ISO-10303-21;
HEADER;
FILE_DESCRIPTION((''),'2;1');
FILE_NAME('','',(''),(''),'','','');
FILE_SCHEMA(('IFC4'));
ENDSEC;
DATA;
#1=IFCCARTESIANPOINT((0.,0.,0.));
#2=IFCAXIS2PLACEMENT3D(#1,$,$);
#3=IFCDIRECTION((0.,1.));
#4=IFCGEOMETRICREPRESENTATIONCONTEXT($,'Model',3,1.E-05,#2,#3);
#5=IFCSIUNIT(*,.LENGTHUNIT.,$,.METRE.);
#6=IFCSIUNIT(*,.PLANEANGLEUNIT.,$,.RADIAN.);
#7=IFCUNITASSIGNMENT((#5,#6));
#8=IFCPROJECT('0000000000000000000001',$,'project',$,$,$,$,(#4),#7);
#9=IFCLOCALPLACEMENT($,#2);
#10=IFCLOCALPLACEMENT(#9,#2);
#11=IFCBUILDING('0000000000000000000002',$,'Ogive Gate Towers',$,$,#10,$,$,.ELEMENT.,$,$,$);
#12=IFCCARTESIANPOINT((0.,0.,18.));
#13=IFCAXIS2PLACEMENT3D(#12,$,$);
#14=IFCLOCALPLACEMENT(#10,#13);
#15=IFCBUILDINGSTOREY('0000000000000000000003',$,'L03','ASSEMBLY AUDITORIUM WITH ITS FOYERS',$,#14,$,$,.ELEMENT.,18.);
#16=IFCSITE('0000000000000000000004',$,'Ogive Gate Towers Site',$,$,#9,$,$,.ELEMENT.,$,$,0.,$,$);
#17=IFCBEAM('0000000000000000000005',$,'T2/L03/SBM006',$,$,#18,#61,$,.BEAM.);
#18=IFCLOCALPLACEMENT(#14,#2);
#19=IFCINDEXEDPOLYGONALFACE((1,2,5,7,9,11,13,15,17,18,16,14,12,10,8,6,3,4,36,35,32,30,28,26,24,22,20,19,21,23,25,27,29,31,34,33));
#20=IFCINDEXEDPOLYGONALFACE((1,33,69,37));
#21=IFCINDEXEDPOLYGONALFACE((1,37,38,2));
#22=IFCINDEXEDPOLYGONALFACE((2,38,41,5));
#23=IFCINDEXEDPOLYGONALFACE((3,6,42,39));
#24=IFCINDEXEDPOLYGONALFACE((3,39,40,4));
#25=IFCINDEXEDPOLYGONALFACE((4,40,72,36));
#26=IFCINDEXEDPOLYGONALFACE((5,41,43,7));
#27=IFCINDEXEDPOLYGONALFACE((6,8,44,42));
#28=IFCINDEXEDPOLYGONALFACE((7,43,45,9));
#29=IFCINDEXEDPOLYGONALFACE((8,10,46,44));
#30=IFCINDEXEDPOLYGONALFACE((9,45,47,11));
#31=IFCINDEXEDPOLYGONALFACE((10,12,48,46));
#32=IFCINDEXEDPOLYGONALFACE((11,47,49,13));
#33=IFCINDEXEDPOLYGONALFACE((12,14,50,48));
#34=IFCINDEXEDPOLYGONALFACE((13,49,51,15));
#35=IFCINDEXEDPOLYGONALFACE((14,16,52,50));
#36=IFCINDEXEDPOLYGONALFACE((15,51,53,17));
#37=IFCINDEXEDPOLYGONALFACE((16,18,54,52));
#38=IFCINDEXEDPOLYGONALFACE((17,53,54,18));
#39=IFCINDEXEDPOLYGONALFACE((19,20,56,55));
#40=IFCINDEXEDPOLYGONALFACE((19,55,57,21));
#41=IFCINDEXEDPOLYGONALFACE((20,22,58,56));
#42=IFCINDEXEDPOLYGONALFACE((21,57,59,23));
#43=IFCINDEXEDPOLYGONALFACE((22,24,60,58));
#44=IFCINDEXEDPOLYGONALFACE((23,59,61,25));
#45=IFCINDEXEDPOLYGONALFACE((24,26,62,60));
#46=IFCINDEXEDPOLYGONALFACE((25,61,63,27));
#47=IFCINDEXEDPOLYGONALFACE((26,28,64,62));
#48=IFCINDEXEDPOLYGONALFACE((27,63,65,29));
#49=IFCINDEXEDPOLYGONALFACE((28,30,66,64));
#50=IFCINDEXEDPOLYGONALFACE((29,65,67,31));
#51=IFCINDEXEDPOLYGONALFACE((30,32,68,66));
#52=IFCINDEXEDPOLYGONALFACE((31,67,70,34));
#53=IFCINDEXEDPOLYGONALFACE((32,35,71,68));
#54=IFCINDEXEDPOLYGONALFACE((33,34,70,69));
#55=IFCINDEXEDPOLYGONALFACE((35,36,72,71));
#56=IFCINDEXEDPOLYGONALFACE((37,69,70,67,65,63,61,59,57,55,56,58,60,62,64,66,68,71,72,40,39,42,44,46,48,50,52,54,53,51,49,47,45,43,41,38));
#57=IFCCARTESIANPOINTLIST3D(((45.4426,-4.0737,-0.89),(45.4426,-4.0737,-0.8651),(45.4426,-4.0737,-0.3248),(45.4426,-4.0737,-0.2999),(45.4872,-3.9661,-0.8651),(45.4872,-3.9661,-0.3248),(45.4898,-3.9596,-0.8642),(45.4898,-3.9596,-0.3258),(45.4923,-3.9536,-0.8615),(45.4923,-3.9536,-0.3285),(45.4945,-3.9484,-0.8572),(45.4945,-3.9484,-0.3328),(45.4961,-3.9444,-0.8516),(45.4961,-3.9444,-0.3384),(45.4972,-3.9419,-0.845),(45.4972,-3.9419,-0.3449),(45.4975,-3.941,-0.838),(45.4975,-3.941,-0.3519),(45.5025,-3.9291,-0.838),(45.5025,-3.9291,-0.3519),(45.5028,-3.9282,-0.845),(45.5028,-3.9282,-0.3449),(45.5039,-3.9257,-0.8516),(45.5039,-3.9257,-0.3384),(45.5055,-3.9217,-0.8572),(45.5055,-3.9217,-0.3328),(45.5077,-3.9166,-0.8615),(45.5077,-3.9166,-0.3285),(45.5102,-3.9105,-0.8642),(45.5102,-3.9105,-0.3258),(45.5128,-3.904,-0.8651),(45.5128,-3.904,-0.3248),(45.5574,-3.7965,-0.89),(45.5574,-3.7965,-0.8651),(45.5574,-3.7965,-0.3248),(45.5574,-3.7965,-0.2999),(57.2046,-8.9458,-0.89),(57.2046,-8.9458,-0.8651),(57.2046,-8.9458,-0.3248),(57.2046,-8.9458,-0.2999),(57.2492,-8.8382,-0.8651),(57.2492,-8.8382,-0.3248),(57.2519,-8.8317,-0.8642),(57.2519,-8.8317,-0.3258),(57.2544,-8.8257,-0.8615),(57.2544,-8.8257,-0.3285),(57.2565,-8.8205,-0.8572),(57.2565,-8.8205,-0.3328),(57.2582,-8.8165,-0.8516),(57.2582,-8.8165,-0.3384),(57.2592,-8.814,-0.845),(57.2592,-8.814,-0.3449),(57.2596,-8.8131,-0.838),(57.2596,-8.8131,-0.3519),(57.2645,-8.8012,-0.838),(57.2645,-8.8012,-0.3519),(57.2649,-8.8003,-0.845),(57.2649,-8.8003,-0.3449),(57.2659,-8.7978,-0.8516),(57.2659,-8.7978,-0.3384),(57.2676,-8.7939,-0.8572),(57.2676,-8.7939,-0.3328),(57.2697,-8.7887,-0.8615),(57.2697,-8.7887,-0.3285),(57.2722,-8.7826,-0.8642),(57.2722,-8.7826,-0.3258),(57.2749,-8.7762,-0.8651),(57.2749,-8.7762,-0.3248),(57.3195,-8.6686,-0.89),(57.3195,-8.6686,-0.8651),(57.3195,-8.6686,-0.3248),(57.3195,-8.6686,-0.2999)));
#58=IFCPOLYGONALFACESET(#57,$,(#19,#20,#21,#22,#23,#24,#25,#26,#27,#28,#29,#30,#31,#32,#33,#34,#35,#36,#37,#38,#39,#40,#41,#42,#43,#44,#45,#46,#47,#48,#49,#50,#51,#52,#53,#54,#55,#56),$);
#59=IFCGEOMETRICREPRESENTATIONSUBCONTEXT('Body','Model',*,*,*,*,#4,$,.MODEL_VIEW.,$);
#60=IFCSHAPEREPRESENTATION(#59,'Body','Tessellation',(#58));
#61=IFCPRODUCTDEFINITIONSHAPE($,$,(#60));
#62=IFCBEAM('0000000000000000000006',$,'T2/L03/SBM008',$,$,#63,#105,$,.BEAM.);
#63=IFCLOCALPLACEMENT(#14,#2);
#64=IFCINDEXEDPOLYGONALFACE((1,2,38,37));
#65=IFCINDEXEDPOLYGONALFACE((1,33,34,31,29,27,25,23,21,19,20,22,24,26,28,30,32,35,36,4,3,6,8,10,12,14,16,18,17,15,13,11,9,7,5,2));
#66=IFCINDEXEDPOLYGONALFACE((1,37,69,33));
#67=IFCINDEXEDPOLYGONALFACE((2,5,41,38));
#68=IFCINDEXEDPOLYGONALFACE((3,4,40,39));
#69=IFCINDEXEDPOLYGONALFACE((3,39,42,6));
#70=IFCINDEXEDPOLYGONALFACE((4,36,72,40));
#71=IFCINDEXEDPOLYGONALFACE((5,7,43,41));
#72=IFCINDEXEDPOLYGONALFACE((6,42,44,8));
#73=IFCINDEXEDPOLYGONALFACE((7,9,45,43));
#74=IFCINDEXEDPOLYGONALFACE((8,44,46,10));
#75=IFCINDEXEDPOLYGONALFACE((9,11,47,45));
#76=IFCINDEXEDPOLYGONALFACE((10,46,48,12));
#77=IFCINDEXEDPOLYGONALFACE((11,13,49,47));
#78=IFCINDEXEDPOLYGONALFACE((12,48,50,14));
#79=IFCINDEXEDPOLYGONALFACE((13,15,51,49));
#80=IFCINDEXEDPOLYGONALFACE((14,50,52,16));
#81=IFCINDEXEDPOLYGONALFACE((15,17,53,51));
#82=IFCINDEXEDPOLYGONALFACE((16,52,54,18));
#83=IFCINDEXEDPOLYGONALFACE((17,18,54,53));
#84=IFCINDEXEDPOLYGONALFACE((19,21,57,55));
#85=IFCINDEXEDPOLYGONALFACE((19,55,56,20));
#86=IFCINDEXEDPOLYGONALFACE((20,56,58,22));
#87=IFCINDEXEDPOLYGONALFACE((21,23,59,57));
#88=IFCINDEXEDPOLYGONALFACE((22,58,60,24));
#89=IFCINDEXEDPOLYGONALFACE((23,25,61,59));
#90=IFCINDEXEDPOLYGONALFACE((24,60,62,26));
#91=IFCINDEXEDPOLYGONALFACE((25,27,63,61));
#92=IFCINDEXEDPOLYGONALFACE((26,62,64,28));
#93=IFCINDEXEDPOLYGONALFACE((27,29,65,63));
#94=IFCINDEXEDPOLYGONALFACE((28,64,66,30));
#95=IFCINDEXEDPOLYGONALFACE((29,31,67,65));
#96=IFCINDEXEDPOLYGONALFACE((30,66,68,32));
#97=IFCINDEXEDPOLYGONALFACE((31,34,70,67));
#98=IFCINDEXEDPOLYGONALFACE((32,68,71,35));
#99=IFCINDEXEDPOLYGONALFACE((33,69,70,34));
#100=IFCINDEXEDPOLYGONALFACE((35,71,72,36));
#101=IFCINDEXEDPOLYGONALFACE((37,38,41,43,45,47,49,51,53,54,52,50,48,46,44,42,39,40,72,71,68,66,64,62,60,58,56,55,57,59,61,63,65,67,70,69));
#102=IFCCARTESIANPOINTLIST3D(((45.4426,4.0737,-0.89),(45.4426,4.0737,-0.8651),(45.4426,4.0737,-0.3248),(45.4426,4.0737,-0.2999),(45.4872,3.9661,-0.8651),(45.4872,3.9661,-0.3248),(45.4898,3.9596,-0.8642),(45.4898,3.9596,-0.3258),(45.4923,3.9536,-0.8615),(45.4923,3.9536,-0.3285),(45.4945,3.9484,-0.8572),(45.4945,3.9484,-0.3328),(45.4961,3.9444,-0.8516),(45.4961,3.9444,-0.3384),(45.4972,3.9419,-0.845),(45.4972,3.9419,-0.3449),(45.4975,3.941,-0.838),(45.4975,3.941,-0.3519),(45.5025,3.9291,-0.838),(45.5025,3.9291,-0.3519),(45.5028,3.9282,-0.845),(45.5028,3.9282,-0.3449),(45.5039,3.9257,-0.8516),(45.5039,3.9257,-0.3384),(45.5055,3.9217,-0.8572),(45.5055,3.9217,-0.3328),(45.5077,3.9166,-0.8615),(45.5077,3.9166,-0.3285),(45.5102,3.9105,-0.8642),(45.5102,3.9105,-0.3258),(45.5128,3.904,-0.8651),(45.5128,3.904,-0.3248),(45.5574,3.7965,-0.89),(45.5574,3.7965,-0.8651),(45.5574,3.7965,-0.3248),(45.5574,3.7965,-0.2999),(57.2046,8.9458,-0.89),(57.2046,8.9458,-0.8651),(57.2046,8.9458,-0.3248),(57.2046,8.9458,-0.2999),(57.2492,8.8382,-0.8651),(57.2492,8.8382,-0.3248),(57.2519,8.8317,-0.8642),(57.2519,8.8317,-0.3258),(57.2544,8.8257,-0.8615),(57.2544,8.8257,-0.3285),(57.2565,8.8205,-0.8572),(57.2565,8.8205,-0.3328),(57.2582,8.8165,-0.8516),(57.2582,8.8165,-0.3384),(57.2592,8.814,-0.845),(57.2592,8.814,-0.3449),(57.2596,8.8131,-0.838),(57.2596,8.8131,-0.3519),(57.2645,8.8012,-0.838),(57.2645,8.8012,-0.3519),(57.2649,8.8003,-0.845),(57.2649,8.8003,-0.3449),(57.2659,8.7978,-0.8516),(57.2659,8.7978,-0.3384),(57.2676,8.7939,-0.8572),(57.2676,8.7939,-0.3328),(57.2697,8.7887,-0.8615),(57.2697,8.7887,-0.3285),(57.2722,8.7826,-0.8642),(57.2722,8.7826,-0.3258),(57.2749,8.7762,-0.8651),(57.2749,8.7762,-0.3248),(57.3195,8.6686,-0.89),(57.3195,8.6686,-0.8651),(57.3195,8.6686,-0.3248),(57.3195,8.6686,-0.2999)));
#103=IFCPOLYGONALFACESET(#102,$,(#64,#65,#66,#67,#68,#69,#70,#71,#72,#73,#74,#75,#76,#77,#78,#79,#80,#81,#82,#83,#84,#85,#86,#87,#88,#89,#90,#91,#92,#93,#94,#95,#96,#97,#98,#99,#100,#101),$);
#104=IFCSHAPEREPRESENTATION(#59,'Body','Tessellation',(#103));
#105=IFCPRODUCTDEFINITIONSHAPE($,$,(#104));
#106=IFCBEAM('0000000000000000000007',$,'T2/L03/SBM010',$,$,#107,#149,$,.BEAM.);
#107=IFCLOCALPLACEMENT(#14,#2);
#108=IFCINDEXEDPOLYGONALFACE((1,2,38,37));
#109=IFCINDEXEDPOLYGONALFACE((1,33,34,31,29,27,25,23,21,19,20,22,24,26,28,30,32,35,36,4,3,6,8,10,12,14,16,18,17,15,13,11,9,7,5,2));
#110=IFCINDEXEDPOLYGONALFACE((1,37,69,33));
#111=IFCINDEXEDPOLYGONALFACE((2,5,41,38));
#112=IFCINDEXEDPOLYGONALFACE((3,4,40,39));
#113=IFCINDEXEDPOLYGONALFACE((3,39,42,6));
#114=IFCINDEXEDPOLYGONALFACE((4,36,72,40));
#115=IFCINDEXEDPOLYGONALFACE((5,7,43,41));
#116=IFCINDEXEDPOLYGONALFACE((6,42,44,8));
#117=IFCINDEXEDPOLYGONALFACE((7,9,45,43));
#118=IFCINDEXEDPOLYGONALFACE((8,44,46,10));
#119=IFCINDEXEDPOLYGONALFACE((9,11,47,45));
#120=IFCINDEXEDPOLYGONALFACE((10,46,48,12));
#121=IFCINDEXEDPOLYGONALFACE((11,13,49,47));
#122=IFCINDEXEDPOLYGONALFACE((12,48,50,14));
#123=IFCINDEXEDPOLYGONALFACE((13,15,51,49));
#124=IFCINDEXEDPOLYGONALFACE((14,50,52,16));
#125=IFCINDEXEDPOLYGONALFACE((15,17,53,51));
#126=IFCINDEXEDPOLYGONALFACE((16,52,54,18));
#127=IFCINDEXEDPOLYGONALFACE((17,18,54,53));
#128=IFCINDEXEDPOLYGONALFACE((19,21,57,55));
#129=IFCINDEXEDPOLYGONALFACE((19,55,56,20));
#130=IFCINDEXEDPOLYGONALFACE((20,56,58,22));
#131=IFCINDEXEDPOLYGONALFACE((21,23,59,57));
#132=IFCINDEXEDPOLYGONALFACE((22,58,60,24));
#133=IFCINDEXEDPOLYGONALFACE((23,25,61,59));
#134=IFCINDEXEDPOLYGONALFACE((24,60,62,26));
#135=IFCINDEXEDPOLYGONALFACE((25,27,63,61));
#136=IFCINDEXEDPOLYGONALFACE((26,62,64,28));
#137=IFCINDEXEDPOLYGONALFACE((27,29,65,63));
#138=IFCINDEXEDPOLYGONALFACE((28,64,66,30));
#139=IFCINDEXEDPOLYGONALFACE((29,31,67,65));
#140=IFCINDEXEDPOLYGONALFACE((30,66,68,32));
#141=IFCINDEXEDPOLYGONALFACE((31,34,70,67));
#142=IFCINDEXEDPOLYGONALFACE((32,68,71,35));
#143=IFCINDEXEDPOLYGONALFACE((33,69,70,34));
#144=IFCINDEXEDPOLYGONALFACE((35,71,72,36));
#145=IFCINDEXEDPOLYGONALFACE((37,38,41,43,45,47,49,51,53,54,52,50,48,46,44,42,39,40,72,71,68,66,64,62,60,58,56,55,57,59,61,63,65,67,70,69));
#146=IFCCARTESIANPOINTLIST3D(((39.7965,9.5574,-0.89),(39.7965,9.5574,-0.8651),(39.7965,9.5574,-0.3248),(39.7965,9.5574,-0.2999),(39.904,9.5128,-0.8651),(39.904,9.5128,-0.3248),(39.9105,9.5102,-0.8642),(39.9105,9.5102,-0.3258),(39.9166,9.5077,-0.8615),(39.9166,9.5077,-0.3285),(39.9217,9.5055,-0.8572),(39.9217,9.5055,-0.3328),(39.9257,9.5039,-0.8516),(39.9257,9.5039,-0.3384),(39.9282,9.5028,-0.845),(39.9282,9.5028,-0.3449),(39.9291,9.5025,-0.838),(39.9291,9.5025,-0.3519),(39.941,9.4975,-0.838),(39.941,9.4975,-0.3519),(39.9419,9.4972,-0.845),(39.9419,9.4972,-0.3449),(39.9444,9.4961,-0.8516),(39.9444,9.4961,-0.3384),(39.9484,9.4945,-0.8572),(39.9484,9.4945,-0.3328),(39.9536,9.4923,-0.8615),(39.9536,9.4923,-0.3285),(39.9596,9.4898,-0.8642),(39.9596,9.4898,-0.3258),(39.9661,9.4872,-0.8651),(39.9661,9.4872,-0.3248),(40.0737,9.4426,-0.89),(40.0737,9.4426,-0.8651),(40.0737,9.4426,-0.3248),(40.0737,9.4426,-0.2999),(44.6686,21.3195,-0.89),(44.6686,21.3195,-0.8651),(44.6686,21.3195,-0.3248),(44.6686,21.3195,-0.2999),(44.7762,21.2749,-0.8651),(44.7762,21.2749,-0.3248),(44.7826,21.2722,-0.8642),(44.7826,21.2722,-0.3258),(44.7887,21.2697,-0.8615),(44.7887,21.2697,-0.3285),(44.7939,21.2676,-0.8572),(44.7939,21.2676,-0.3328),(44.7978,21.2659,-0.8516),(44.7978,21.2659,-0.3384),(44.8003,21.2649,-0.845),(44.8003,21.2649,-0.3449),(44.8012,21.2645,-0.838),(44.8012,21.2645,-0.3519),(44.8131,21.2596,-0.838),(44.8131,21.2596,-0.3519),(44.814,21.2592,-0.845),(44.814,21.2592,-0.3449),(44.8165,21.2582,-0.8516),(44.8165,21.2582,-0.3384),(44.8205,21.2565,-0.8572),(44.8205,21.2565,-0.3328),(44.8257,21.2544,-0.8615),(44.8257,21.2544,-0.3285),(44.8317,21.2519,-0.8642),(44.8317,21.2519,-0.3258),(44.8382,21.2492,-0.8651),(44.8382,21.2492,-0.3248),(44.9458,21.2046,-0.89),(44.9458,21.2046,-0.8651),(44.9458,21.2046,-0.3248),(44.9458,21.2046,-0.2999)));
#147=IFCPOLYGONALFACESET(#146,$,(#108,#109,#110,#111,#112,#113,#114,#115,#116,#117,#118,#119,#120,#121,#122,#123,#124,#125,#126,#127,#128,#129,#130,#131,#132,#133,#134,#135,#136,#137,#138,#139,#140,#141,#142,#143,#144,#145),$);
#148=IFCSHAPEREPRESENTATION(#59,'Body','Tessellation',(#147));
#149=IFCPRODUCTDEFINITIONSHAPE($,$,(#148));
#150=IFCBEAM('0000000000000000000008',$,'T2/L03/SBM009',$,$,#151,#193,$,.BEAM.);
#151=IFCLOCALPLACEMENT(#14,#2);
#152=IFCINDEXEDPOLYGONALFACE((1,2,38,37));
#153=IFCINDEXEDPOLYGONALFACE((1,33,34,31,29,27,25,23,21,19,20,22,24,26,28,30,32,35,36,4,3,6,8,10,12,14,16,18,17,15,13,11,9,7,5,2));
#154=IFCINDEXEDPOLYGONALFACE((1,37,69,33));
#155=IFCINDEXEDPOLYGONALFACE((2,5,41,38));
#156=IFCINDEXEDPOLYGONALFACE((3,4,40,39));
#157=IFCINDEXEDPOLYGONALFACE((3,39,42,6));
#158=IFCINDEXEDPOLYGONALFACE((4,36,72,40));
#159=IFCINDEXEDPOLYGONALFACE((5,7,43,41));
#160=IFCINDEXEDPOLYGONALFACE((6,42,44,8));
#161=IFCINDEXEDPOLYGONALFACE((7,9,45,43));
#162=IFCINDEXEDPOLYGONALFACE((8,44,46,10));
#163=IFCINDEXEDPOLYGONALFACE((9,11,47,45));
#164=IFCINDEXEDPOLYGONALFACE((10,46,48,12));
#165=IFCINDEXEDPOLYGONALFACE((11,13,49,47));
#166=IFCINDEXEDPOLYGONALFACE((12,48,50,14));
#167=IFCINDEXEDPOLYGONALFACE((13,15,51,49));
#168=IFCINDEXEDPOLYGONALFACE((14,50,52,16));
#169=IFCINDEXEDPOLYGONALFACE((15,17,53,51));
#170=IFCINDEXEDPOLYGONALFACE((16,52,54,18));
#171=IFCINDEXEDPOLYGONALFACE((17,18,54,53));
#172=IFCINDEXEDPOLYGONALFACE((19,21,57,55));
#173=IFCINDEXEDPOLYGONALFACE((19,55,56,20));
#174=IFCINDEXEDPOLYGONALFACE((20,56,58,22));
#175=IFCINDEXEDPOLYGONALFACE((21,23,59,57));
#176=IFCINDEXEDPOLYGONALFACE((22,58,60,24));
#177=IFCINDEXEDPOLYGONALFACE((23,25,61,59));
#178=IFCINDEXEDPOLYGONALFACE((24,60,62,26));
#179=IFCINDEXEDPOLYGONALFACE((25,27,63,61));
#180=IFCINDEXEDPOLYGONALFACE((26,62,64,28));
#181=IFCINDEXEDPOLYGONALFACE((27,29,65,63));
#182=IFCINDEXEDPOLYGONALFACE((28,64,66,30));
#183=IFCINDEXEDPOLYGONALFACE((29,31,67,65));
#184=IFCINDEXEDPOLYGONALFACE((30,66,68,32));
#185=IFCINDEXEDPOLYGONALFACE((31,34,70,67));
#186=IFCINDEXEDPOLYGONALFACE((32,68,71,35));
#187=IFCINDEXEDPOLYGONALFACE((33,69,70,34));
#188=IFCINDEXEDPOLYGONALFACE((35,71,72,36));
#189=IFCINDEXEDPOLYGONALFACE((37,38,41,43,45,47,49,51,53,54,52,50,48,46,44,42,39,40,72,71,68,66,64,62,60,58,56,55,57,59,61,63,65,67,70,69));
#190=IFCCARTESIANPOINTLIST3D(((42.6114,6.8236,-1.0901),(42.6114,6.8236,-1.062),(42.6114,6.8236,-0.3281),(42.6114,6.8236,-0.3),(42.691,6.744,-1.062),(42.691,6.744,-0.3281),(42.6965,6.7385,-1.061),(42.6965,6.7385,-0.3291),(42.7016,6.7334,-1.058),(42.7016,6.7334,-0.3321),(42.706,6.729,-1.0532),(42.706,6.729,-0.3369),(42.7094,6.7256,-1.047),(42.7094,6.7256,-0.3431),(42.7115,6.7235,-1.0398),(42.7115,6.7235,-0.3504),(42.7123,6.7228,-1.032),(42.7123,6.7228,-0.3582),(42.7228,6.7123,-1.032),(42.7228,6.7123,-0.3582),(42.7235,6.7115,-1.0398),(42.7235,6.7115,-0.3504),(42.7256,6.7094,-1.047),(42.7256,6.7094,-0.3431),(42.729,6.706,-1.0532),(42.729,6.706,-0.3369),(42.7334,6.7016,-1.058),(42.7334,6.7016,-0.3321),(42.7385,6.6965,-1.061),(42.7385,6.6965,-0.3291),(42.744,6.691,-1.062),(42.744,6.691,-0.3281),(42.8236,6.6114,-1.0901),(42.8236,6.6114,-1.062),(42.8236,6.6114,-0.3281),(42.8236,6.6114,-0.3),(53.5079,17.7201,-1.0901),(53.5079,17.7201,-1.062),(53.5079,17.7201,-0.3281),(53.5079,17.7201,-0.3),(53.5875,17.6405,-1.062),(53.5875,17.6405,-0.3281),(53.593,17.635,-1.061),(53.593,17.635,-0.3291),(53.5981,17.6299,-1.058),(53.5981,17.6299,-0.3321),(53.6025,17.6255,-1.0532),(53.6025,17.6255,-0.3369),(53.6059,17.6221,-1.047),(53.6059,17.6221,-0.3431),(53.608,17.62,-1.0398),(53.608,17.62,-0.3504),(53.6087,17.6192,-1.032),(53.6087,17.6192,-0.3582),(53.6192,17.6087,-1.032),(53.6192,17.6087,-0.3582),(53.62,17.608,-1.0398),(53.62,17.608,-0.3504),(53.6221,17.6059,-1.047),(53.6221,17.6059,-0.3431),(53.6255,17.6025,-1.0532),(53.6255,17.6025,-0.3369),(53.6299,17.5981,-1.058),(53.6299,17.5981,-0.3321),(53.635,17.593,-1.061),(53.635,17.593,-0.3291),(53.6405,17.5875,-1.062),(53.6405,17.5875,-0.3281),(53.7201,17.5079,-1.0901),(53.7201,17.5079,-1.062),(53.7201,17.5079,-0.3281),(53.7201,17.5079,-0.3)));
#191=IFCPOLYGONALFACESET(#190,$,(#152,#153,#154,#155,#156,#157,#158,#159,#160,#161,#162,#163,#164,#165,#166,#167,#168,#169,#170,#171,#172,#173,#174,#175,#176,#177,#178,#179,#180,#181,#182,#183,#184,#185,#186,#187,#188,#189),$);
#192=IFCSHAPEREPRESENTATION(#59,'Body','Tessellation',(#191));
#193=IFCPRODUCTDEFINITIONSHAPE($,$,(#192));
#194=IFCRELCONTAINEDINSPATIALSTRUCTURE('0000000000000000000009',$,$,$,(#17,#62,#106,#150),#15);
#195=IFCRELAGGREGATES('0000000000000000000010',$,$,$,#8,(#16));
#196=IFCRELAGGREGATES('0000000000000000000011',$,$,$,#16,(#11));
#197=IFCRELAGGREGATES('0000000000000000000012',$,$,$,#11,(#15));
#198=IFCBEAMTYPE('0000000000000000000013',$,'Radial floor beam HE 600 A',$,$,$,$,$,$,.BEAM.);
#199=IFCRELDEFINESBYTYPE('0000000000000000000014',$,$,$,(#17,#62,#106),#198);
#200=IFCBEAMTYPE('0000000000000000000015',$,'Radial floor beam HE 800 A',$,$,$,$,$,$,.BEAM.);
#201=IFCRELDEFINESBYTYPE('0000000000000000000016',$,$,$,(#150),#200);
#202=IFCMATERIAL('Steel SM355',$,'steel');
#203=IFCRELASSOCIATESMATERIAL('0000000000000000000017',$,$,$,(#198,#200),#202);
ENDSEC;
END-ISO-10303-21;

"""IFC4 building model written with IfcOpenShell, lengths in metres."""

from ifc_helpers import new_model, si_unit, direction, frame, origin, origin_2d, place, context, subcontext, project, spatial, i_section, extrude, material, material_profile, profile_set, type_object, element, save


model = new_model("IFC4")

# Units and contexts
model_context = context("Model", 3, precision=1e-05, world=origin(), true_north=direction((0.0, 1.0)))
body_context = subcontext(model_context, "Body", "Model", "MODEL_VIEW")
ifc_project = project(units=[si_unit("LENGTHUNIT", "METRE"), si_unit("PLANEANGLEUNIT", "RADIAN")], contexts=[model_context])

# Site, building, storey
site_placement = place(None, origin())
site = spatial("IfcSite", under=ifc_project, at=site_placement, Name="Ogive Gate Towers Site", CompositionType="ELEMENT", RefElevation=0.0)
building_placement = place(site_placement, origin())
building = spatial("IfcBuilding", under=site, at=building_placement, Name="Ogive Gate Towers", CompositionType="ELEMENT")
storey_placement = place(building_placement, frame((0.0, 0.0, 18.0)))
storey = spatial("IfcBuildingStorey", under=building, at=storey_placement, Name="L03", Description="ASSEMBLY AUDITORIUM WITH ITS FOYERS", CompositionType="ELEMENT", Elevation=18.0)

# Beams
ifc_material_1 = material(Name="Steel SM355", Category="steel")
ifc_material_profile_1 = material_profile(ifc_material_1, i_section(OverallWidth=0.3, OverallDepth=0.5901, WebThickness=0.0129, FlangeThickness=0.0249, FilletRadius=0.0271, at=origin_2d()), Name="HE 600 A")
ifc_profile_set_1 = profile_set([ifc_material_profile_1], Name="Steel SM355")
beam_type_1 = type_object("IfcBeamType", Name="Radial floor beam HE 600 A", PredefinedType="BEAM", material=ifc_profile_set_1)
for number, where, z_axis, x_axis, name in (
    (1, (45.5, -3.9351, -0.595), (0.923877, -0.382691, 0.0), (0.382691, 0.923877, 0.0), "T2/L03/SBM006"),
    (2, (45.5, 3.9351, -0.595), (0.923877, 0.382691, 0.0), (-0.382691, 0.923877, 0.0), "T2/L03/SBM008"),
    (3, (39.9351, 9.5, -0.595), (0.382691, 0.923877, 0.0), (-0.923877, 0.382691, 0.0), "T2/L03/SBM010"),
):
    element("IfcBeam", number, at=place(storey_placement, frame(where, z_axis=z_axis, x_axis=x_axis)), inside=storey, type_object=beam_type_1, Name=name, PredefinedType="BEAM", context=body_context, shape_type="SweptSolid", body=[
        extrude(i_section(OverallWidth=0.3, OverallDepth=0.5901, WebThickness=0.0129, FlangeThickness=0.0249, FilletRadius=0.0271, at=origin_2d()), origin(), (0.0, 0.0, 1.0), 12.7312),
    ])
ifc_material_profile_2 = material_profile(ifc_material_1, i_section(OverallWidth=0.3, OverallDepth=0.79, WebThickness=0.0149, FlangeThickness=0.0281, FilletRadius=0.03, at=origin_2d()), Name="HE 800 A")
ifc_profile_set_2 = profile_set([ifc_material_profile_2], Name="Steel SM355")
beam_type_2 = type_object("IfcBeamType", Name="Radial floor beam HE 800 A", PredefinedType="BEAM", material=ifc_profile_set_2)
beam_1_placement = place(storey_placement, frame((42.7175, 6.7175, -0.6951), z_axis=(0.707107, 0.707107, 0.0), x_axis=(-0.707107, 0.707107, 0.0)))
element("IfcBeam", 4, at=beam_1_placement, inside=storey, type_object=beam_type_2, Name="T2/L03/SBM009", PredefinedType="BEAM", context=body_context, shape_type="SweptSolid", body=[
    extrude(i_section(OverallWidth=0.3, OverallDepth=0.79, WebThickness=0.0149, FlangeThickness=0.0281, FilletRadius=0.03, at=origin_2d()), origin(), (0.0, 0.0, 1.0), 15.4099),
])

save(model, "model.ifc")
